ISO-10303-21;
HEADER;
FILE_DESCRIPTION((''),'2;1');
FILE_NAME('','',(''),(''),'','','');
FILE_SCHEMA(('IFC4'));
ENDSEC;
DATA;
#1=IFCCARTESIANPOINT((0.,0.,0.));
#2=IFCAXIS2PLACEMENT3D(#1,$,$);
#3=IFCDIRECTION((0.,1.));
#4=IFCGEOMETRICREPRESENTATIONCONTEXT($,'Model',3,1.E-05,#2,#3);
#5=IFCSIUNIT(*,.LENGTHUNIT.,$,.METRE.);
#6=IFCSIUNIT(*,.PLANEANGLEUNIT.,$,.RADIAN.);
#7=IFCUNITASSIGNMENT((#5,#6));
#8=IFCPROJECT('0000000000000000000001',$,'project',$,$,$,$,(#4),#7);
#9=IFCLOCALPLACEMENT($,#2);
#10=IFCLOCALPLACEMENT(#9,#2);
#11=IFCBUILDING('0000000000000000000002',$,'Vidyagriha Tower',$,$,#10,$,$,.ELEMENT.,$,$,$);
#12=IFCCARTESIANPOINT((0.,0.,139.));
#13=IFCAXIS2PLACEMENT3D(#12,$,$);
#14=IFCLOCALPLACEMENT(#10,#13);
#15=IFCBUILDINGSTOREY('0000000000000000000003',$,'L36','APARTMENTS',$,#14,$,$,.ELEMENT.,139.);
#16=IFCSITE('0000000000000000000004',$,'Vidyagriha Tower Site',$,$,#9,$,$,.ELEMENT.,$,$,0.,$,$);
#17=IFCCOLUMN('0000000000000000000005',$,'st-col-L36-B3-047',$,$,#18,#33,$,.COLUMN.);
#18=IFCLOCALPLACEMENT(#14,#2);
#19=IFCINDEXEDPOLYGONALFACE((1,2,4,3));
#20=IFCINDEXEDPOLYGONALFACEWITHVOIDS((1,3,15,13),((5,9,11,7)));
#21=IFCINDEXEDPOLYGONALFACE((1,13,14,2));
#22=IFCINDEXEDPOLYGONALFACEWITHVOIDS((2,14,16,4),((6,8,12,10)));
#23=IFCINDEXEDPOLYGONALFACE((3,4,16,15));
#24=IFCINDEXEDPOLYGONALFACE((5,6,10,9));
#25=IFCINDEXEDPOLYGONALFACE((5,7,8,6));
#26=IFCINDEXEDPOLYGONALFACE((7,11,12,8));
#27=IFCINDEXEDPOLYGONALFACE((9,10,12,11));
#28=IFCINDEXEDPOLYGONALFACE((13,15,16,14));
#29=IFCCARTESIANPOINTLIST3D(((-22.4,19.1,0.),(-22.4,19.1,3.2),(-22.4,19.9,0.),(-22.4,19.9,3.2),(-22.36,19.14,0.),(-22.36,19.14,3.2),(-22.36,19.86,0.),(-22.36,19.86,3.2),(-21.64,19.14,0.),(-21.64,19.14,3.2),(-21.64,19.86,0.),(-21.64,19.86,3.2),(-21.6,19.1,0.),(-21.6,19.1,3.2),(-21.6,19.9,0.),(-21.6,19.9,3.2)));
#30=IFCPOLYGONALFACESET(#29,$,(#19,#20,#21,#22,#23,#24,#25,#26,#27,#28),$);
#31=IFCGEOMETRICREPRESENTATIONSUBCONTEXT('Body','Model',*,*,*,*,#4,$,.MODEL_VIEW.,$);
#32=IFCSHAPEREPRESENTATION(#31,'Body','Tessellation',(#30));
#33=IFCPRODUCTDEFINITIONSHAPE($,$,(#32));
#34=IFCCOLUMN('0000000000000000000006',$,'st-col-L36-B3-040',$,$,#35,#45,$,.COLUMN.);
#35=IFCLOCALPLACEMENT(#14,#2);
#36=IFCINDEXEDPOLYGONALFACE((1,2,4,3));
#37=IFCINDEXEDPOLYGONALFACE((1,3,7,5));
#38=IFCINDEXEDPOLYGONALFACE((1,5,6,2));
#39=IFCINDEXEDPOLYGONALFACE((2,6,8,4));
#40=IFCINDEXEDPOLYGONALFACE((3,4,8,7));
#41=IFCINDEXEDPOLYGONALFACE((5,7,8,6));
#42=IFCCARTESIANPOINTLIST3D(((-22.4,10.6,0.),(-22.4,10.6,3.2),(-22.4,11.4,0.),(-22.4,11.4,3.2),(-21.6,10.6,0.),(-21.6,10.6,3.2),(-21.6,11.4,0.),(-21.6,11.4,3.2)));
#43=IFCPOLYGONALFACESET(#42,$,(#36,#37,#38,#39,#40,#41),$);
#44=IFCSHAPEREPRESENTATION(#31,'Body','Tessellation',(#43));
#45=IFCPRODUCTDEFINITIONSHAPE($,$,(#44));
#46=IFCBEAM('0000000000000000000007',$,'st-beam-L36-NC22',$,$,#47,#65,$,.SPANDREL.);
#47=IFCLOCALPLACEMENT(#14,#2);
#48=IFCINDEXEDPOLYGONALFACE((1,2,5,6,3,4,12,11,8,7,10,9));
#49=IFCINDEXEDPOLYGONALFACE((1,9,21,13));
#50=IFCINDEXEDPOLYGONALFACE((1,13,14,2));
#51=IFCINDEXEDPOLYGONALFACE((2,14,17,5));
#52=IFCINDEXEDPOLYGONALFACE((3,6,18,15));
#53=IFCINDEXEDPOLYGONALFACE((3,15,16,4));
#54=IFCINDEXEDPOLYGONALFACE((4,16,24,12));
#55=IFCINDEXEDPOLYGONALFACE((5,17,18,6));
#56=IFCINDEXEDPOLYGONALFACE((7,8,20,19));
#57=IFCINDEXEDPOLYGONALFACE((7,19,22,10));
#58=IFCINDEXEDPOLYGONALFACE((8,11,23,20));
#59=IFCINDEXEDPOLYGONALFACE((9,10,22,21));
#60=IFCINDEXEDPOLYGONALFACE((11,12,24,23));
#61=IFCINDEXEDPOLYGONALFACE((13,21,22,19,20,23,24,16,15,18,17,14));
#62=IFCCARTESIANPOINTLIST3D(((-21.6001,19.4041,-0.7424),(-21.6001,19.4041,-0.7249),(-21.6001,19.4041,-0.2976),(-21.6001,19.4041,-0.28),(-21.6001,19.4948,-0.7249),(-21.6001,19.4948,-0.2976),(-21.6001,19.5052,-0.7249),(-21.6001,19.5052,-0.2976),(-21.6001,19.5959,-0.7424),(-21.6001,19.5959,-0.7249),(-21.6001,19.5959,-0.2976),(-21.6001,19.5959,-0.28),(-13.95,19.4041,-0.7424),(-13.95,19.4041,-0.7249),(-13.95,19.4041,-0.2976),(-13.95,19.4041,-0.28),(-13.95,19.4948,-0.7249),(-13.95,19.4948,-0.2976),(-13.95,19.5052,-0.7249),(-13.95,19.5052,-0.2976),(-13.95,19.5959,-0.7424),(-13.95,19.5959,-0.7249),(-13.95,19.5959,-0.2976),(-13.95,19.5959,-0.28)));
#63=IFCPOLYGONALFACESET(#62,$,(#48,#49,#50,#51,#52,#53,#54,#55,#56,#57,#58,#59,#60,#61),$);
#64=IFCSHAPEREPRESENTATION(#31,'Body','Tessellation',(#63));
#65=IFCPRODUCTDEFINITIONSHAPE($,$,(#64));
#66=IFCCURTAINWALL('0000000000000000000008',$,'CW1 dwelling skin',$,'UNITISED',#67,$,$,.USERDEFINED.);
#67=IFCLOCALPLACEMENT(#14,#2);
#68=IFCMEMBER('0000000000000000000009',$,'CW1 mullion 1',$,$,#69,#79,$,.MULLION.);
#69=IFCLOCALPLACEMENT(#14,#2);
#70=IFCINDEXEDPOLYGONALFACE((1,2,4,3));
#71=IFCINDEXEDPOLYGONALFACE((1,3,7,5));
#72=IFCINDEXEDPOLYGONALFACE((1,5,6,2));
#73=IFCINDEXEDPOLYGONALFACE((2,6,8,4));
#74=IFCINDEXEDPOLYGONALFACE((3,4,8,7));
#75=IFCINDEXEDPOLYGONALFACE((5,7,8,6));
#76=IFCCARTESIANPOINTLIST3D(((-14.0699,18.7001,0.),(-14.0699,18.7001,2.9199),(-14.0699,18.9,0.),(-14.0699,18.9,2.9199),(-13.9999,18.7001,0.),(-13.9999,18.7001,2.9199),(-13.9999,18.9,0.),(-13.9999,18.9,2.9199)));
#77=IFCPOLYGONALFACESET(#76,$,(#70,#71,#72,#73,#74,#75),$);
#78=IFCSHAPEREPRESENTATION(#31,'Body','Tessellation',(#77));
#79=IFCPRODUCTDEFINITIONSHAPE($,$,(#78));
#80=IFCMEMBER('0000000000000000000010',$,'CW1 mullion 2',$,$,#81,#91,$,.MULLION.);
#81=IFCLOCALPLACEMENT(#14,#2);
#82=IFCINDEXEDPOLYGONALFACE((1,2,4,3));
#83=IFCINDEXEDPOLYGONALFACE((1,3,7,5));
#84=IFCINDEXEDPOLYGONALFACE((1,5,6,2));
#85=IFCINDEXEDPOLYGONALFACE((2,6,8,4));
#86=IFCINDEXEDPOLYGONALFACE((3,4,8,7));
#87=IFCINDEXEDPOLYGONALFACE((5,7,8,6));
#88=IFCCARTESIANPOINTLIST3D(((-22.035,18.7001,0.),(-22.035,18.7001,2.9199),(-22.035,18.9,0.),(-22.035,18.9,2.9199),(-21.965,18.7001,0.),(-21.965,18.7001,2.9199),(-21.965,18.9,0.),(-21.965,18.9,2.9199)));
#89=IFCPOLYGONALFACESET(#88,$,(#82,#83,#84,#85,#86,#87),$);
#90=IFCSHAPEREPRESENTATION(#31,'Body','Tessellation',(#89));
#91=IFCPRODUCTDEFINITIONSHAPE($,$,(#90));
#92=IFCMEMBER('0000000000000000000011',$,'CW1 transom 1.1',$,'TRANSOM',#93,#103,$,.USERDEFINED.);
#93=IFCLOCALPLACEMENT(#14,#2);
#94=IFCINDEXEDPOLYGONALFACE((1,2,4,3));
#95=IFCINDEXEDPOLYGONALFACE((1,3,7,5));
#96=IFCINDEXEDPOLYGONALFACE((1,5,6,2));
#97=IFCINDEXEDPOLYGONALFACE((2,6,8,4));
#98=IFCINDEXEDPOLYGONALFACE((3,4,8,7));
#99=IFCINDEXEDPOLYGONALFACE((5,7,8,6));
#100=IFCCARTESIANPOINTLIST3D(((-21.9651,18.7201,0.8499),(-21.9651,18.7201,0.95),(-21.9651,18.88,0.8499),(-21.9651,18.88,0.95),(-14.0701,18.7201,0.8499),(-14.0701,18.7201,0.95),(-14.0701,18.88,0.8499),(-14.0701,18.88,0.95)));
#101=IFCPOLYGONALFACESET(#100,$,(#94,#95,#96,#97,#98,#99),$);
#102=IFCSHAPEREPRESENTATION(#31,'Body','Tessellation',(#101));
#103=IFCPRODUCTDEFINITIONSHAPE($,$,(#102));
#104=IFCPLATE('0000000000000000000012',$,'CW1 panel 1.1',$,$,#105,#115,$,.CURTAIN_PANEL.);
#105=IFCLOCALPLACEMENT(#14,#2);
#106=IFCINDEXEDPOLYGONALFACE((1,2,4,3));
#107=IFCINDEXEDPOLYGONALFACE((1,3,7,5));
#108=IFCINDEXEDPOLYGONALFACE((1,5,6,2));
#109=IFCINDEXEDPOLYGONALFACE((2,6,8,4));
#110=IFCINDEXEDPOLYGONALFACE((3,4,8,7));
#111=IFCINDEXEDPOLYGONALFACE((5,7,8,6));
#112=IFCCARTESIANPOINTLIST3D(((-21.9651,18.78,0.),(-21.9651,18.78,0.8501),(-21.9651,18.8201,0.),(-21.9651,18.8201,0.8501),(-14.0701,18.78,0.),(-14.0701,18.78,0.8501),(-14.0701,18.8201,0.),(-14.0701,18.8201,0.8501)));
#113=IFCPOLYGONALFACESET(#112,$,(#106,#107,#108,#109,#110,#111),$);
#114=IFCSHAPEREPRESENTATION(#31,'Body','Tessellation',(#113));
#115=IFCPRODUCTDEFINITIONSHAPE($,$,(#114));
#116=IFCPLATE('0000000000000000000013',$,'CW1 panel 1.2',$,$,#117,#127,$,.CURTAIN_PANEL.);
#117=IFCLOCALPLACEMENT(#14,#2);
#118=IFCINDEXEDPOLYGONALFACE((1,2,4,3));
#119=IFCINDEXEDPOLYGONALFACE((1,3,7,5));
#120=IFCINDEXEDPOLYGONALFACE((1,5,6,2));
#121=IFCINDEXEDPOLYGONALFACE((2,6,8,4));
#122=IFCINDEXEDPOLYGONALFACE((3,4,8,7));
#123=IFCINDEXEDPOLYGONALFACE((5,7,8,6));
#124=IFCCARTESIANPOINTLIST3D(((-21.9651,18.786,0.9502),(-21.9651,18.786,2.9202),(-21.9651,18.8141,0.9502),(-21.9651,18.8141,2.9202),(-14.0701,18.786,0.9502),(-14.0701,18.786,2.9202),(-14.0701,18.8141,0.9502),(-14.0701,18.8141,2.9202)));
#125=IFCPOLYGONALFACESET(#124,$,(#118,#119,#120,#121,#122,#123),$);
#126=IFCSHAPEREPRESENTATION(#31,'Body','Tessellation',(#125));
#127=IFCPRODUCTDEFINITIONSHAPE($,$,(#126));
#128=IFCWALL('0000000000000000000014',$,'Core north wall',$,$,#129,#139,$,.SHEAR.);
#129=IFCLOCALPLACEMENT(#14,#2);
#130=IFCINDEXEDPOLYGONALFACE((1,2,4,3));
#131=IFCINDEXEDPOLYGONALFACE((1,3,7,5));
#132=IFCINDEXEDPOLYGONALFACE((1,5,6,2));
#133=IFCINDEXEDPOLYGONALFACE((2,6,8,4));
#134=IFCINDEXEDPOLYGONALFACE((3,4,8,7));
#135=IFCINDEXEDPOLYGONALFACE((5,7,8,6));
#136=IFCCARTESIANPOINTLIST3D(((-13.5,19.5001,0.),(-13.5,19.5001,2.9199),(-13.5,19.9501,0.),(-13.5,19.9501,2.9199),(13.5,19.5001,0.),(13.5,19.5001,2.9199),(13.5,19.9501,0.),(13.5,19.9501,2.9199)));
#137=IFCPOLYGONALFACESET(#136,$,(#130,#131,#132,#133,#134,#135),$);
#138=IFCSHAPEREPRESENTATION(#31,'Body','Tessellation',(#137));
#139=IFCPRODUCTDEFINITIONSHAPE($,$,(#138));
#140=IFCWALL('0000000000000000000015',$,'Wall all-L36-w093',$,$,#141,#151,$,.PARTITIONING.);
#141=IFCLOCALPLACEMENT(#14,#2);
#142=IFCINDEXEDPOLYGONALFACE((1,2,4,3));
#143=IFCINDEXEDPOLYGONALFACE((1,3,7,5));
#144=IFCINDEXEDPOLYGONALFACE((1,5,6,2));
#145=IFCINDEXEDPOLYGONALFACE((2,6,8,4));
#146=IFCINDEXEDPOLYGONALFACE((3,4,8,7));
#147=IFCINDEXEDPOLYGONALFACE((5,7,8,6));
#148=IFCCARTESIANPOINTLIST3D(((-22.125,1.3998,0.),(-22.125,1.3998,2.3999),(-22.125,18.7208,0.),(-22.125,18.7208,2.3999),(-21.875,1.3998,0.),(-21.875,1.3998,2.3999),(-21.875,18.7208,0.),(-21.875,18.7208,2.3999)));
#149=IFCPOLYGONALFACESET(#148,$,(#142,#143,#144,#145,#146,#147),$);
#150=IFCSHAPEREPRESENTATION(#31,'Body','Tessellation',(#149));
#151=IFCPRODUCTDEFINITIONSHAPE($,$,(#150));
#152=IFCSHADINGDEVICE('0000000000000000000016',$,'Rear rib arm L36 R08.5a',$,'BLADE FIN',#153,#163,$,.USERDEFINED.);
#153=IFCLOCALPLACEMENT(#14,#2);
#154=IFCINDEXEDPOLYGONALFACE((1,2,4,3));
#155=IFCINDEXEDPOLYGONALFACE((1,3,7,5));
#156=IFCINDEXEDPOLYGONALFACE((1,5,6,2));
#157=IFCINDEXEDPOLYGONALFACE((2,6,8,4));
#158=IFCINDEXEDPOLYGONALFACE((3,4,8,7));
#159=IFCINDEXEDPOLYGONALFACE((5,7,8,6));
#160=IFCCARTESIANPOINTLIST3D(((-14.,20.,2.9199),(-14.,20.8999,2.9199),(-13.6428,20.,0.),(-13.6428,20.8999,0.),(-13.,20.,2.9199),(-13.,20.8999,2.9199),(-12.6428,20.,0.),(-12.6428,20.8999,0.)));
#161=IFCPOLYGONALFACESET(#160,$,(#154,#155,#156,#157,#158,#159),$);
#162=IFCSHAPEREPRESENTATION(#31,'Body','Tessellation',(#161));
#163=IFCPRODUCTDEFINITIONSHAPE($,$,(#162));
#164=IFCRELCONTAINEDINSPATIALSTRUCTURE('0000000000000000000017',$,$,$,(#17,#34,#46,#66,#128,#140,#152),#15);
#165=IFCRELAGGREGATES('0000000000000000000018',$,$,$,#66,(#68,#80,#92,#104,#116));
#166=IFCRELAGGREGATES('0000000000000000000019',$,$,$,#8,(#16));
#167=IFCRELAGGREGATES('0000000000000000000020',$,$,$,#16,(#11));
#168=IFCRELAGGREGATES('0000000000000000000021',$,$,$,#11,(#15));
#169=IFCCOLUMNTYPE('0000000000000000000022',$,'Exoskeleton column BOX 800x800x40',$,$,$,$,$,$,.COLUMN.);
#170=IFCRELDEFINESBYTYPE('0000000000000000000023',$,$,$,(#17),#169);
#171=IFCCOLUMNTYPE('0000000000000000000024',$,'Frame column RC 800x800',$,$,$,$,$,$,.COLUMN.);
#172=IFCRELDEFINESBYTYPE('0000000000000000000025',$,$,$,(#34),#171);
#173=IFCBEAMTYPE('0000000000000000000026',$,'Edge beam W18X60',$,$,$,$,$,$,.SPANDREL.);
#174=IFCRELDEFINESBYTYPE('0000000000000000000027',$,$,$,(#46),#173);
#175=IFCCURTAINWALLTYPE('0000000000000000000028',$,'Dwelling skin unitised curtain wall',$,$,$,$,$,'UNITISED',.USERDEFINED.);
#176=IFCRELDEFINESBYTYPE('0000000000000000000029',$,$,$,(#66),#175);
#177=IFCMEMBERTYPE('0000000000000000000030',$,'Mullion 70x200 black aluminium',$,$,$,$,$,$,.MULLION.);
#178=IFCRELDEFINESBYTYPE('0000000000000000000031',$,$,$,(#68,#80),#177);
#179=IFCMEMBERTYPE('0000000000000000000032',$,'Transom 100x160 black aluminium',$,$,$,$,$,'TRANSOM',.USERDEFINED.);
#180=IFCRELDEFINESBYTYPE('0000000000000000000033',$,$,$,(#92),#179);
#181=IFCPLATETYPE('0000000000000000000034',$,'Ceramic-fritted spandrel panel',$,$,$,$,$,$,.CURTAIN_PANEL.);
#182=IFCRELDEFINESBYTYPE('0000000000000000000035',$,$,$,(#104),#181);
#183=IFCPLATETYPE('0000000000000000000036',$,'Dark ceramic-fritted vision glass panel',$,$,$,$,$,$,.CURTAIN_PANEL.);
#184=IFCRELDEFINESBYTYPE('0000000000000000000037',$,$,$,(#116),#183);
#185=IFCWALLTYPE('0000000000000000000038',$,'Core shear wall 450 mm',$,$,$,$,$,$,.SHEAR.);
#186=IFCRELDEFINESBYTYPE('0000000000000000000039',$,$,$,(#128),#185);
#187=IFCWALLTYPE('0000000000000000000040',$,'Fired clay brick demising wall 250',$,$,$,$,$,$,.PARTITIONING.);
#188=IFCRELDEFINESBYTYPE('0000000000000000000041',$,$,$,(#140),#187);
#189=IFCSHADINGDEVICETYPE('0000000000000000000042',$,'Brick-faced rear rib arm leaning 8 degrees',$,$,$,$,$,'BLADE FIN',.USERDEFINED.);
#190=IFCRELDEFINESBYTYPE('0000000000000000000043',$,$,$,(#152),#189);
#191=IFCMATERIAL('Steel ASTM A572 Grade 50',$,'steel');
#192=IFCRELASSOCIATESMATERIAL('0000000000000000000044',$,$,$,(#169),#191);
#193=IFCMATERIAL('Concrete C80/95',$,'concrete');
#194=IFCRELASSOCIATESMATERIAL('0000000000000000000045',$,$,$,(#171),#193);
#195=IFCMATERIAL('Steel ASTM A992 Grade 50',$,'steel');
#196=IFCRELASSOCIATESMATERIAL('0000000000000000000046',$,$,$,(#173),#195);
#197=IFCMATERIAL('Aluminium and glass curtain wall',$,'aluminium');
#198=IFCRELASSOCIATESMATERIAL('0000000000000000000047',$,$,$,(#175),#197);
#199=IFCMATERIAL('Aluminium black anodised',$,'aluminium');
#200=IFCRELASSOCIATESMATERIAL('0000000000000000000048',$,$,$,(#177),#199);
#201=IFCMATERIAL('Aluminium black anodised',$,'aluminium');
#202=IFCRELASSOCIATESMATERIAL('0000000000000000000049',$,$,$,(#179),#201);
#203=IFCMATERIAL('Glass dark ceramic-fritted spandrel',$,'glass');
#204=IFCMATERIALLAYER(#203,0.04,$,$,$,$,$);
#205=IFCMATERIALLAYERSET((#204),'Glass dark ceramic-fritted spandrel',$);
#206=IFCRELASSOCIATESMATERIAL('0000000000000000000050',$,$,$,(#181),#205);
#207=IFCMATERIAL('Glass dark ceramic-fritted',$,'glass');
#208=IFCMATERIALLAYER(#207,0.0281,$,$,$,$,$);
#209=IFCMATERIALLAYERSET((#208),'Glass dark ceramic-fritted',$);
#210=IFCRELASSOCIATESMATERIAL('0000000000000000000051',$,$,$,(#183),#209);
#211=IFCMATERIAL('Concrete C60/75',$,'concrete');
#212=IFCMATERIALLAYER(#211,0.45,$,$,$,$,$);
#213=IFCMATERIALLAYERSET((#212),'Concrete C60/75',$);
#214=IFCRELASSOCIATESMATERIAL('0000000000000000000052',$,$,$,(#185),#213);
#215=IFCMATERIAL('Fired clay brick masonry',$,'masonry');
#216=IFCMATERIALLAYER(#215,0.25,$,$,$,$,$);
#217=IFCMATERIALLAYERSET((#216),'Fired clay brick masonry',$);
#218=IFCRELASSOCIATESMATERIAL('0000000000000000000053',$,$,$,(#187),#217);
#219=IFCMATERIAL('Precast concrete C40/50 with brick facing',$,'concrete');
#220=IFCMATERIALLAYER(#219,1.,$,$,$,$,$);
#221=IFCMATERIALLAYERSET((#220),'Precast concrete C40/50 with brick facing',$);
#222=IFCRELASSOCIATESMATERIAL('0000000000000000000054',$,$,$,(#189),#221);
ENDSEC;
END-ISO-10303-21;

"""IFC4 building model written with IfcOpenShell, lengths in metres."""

from ifc_helpers import new_model, si_unit, direction, frame, frame_2d, origin, origin_2d, place, context, subcontext, project, spatial, polyline, rectangle, hollow_rectangle, i_section, outline, extrude, material, layer, layer_set, material_profile, profile_set, type_object, element, aggregate, save


model = new_model("IFC4")

# Units and contexts
model_context = context("Model", 3, precision=1e-05, world=origin(), true_north=direction((0.0, 1.0)))
body_context = subcontext(model_context, "Body", "Model", "MODEL_VIEW")
ifc_project = project(units=[si_unit("LENGTHUNIT", "METRE"), si_unit("PLANEANGLEUNIT", "RADIAN")], contexts=[model_context])

# Site, building, storey
site_placement = place(None, origin())
site = spatial("IfcSite", under=ifc_project, at=site_placement, Name="Vidyagriha Tower Site", CompositionType="ELEMENT", RefElevation=0.0)
building_placement = place(site_placement, origin())
building = spatial("IfcBuilding", under=site, at=building_placement, Name="Vidyagriha Tower", CompositionType="ELEMENT")
storey_placement = place(building_placement, frame((0.0, 0.0, 139.0)))
storey = spatial("IfcBuildingStorey", under=building, at=storey_placement, Name="L36", Description="APARTMENTS", CompositionType="ELEMENT", Elevation=139.0)

# Columns
ifc_material_1 = material(Name="Steel ASTM A572 Grade 50", Category="steel")
ifc_material_profile_1 = material_profile(ifc_material_1, hollow_rectangle(XDim=0.8, YDim=0.8, WallThickness=0.04, at=origin_2d()), Name="BOX 800x800x40")
ifc_profile_set_1 = profile_set([ifc_material_profile_1], Name="Steel ASTM A572 Grade 50")
column_type_1 = type_object("IfcColumnType", Name="Exoskeleton column BOX 800x800x40", PredefinedType="COLUMN", material=ifc_profile_set_1)
column_1_placement = place(storey_placement, frame((-22.0, 19.5, 0.0)))
element("IfcColumn", 1, at=column_1_placement, inside=storey, type_object=column_type_1, Name="st-col-L36-B3-047", PredefinedType="COLUMN", context=body_context, shape_type="SweptSolid", body=[
    extrude(hollow_rectangle(XDim=0.8, YDim=0.8, WallThickness=0.04, at=origin_2d()), origin(), (0.0, 0.0, 1.0), 3.2),
])
ifc_material_2 = material(Name="Concrete C80/95", Category="concrete")
ifc_material_profile_2 = material_profile(ifc_material_2, rectangle(XDim=0.8, YDim=0.8, at=origin_2d()), Name="RC 800x800")
ifc_profile_set_2 = profile_set([ifc_material_profile_2], Name="Concrete C80/95")
column_type_2 = type_object("IfcColumnType", Name="Frame column RC 800x800", PredefinedType="COLUMN", material=ifc_profile_set_2)
column_2_placement = place(storey_placement, frame((-22.0, 11.0, 0.0)))
element("IfcColumn", 2, at=column_2_placement, inside=storey, type_object=column_type_2, Name="st-col-L36-B3-040", PredefinedType="COLUMN", context=body_context, shape_type="SweptSolid", body=[
    extrude(rectangle(XDim=0.8, YDim=0.8, at=origin_2d()), origin(), (0.0, 0.0, 1.0), 3.2),
])

# Beam
ifc_material_3 = material(Name="Steel ASTM A992 Grade 50", Category="steel")
ifc_material_profile_3 = material_profile(ifc_material_3, i_section(OverallWidth=0.1919, OverallDepth=0.4624, WebThickness=0.0105, FlangeThickness=0.0176, at=origin_2d()), Name="W18X60")
ifc_profile_set_3 = profile_set([ifc_material_profile_3], Name="Steel ASTM A992 Grade 50")
beam_type = type_object("IfcBeamType", Name="Edge beam W18X60", PredefinedType="SPANDREL", material=ifc_profile_set_3)
beam_placement = place(storey_placement, frame((-21.6001, 19.5, -0.5112), z_axis=(1.0, 0.0, 0.0), x_axis=(0.0, 1.0, 0.0)))
element("IfcBeam", 3, at=beam_placement, inside=storey, type_object=beam_type, Name="st-beam-L36-NC22", PredefinedType="SPANDREL", context=body_context, shape_type="SweptSolid", body=[
    extrude(i_section(OverallWidth=0.1919, OverallDepth=0.4624, WebThickness=0.0105, FlangeThickness=0.0176, at=origin_2d()), origin(), (0.0, 0.0, 1.0), 7.6501),
])

# Curtain wall, members, plates
ifc_material_4 = material(Name="Aluminium and glass curtain wall", Category="aluminium")
curtain_wall_type = type_object("IfcCurtainWallType", Name="Dwelling skin unitised curtain wall", ElementType="UNITISED", PredefinedType="USERDEFINED", material=ifc_material_4)
curtain_wall_placement = place(storey_placement, origin())
curtain_wall = element("IfcCurtainWall", 4, at=curtain_wall_placement, inside=storey, type_object=curtain_wall_type, Name="CW1 dwelling skin", ObjectType="UNITISED", PredefinedType="USERDEFINED")
ifc_material_5 = material(Name="Aluminium black anodised", Category="aluminium")
ifc_material_profile_4 = material_profile(ifc_material_5, rectangle(XDim=0.2, YDim=0.0701, at=origin_2d()), Name="Mullion 70x200 black aluminium")
ifc_profile_set_4 = profile_set([ifc_material_profile_4], Name="Aluminium black anodised")
member_type_1 = type_object("IfcMemberType", Name="Mullion 70x200 black aluminium", PredefinedType="MULLION", material=ifc_profile_set_4)
member_1_placement = place(storey_placement, frame((-14.0349, 18.8, 0.0), z_axis=(0.0, 0.0, 1.0), x_axis=(0.0, -1.0, 0.0)))
member_1 = element("IfcMember", 5, at=member_1_placement, type_object=member_type_1, Name="CW1 mullion 1", PredefinedType="MULLION", context=body_context, shape_type="SweptSolid", body=[
    extrude(rectangle(XDim=0.2, YDim=0.0701, at=origin_2d()), origin(), (0.0, 0.0, 1.0), 2.9199),
])
member_2_placement = place(storey_placement, frame((-22.0, 18.8, 0.0), z_axis=(0.0, 0.0, 1.0), x_axis=(0.0, -1.0, 0.0)))
member_2 = element("IfcMember", 6, at=member_2_placement, type_object=member_type_1, Name="CW1 mullion 2", PredefinedType="MULLION", context=body_context, shape_type="SweptSolid", body=[
    extrude(rectangle(XDim=0.2, YDim=0.0701, at=origin_2d()), origin(), (0.0, 0.0, 1.0), 2.9199),
])
ifc_material_6 = material(Name="Aluminium black anodised", Category="aluminium")
ifc_material_profile_5 = material_profile(ifc_material_6, rectangle(XDim=0.1599, YDim=0.1001, at=origin_2d()), Name="Transom 100x160 black aluminium")
ifc_profile_set_5 = profile_set([ifc_material_profile_5], Name="Aluminium black anodised")
member_type_2 = type_object("IfcMemberType", Name="Transom 100x160 black aluminium", ElementType="TRANSOM", PredefinedType="USERDEFINED", material=ifc_profile_set_5)
member_3_placement = place(storey_placement, frame((-14.0701, 18.8, 0.8999), z_axis=(-1.0, 0.0, 0.0), x_axis=(0.0, -1.0, 0.0)))
member_3 = element("IfcMember", 7, at=member_3_placement, type_object=member_type_2, Name="CW1 transom 1.1", ObjectType="TRANSOM", PredefinedType="USERDEFINED", context=body_context, shape_type="SweptSolid", body=[
    extrude(rectangle(XDim=0.1599, YDim=0.1001, at=origin_2d()), origin(), (0.0, 0.0, 1.0), 7.895),
])
ifc_material_7 = material(Name="Glass dark ceramic-fritted spandrel", Category="glass")
ifc_layer_1 = layer(ifc_material_7, 0.04)
ifc_layer_set_1 = layer_set([ifc_layer_1], Name="Glass dark ceramic-fritted spandrel")
plate_type_1 = type_object("IfcPlateType", Name="Ceramic-fritted spandrel panel", PredefinedType="CURTAIN_PANEL", material=ifc_layer_set_1)
plate_1_placement = place(storey_placement, frame((-18.0176, 18.8, 0.0), z_axis=(0.0, 0.0, 1.0), x_axis=(-1.0, 0.0, 0.0)))
plate_1 = element("IfcPlate", 8, at=plate_1_placement, type_object=plate_type_1, Name="CW1 panel 1.1", PredefinedType="CURTAIN_PANEL", context=body_context, shape_type="SweptSolid", body=[
    extrude(rectangle(XDim=7.895, YDim=0.04, at=origin_2d()), origin(), (0.0, 0.0, 1.0), 0.8501),
])
ifc_material_8 = material(Name="Glass dark ceramic-fritted", Category="glass")
ifc_layer_2 = layer(ifc_material_8, 0.0281)
ifc_layer_set_2 = layer_set([ifc_layer_2], Name="Glass dark ceramic-fritted")
plate_type_2 = type_object("IfcPlateType", Name="Dark ceramic-fritted vision glass panel", PredefinedType="CURTAIN_PANEL", material=ifc_layer_set_2)
plate_2_placement = place(storey_placement, frame((-18.0176, 18.8, 0.9502), z_axis=(0.0, 0.0, 1.0), x_axis=(-1.0, 0.0, 0.0)))
plate_2 = element("IfcPlate", 9, at=plate_2_placement, type_object=plate_type_2, Name="CW1 panel 1.2", PredefinedType="CURTAIN_PANEL", context=body_context, shape_type="SweptSolid", body=[
    extrude(rectangle(XDim=7.895, YDim=0.0281, at=origin_2d()), origin(), (0.0, 0.0, 1.0), 1.97),
])
aggregate(curtain_wall, [member_1, member_2, member_3, plate_1, plate_2])

# Walls
ifc_material_9 = material(Name="Concrete C60/75", Category="concrete")
ifc_layer_3 = layer(ifc_material_9, 0.45)
ifc_layer_set_3 = layer_set([ifc_layer_3], Name="Concrete C60/75")
wall_type_1 = type_object("IfcWallType", Name="Core shear wall 450 mm", PredefinedType="SHEAR", material=ifc_layer_set_3)
wall_1_placement = place(storey_placement, frame((-13.5, 19.7251, 0.0)))
element("IfcWall", 10, at=wall_1_placement, inside=storey, type_object=wall_type_1, Name="Core north wall", PredefinedType="SHEAR", context=body_context, shape_type="SweptSolid", body=[
    extrude(rectangle(XDim=27.0, YDim=0.45, at=frame_2d((13.5, 0.0))), origin(), (0.0, 0.0, 1.0), 2.9199),
])
ifc_material_10 = material(Name="Fired clay brick masonry", Category="masonry")
ifc_layer_4 = layer(ifc_material_10, 0.25)
ifc_layer_set_4 = layer_set([ifc_layer_4], Name="Fired clay brick masonry")
wall_type_2 = type_object("IfcWallType", Name="Fired clay brick demising wall 250", PredefinedType="PARTITIONING", material=ifc_layer_set_4)
wall_2_placement = place(storey_placement, frame((-22.0, 18.7209, 0.0), z_axis=(0.0, 0.0, 1.0), x_axis=(0.0, -1.0, 0.0)))
element("IfcWall", 11, at=wall_2_placement, inside=storey, type_object=wall_type_2, Name="Wall all-L36-w093", PredefinedType="PARTITIONING", context=body_context, shape_type="SweptSolid", body=[
    extrude(rectangle(XDim=17.321, YDim=0.25, at=frame_2d((8.6606, 0.0))), origin(), (0.0, 0.0, 1.0), 2.3999),
])

# Shading device
ifc_material_11 = material(Name="Precast concrete C40/50 with brick facing", Category="concrete")
ifc_layer_5 = layer(ifc_material_11, 1.0)
ifc_layer_set_5 = layer_set([ifc_layer_5], Name="Precast concrete C40/50 with brick facing")
shading_device_type = type_object("IfcShadingDeviceType", Name="Brick-faced rear rib arm leaning 8 degrees", ElementType="BLADE FIN", PredefinedType="USERDEFINED", material=ifc_layer_set_5)
shading_device_1_placement = place(storey_placement, frame((-12.6428, 20.45, 0.0), z_axis=(0.0, 0.0, 1.0), x_axis=(-1.0, 0.0, 0.0)))
element("IfcShadingDevice", 12, at=shading_device_1_placement, inside=storey, type_object=shading_device_type, Name="Rear rib arm L36 R08.5a", ObjectType="BLADE FIN", PredefinedType="USERDEFINED", context=body_context, shape_type="SweptSolid", body=[
    extrude(outline(polyline([(0.0, 0.0), (1.0, 0.0), (1.3572, 2.9199), (0.3572, 2.9199), (0.0, 0.0)])), frame((0.0, 0.45, 0.0), z_axis=(0.0, -1.0, 0.0), x_axis=(1.0, 0.0, 0.0)), (0.0, 0.0, 1.0), 0.8999),
])

save(model, "model.ifc")
